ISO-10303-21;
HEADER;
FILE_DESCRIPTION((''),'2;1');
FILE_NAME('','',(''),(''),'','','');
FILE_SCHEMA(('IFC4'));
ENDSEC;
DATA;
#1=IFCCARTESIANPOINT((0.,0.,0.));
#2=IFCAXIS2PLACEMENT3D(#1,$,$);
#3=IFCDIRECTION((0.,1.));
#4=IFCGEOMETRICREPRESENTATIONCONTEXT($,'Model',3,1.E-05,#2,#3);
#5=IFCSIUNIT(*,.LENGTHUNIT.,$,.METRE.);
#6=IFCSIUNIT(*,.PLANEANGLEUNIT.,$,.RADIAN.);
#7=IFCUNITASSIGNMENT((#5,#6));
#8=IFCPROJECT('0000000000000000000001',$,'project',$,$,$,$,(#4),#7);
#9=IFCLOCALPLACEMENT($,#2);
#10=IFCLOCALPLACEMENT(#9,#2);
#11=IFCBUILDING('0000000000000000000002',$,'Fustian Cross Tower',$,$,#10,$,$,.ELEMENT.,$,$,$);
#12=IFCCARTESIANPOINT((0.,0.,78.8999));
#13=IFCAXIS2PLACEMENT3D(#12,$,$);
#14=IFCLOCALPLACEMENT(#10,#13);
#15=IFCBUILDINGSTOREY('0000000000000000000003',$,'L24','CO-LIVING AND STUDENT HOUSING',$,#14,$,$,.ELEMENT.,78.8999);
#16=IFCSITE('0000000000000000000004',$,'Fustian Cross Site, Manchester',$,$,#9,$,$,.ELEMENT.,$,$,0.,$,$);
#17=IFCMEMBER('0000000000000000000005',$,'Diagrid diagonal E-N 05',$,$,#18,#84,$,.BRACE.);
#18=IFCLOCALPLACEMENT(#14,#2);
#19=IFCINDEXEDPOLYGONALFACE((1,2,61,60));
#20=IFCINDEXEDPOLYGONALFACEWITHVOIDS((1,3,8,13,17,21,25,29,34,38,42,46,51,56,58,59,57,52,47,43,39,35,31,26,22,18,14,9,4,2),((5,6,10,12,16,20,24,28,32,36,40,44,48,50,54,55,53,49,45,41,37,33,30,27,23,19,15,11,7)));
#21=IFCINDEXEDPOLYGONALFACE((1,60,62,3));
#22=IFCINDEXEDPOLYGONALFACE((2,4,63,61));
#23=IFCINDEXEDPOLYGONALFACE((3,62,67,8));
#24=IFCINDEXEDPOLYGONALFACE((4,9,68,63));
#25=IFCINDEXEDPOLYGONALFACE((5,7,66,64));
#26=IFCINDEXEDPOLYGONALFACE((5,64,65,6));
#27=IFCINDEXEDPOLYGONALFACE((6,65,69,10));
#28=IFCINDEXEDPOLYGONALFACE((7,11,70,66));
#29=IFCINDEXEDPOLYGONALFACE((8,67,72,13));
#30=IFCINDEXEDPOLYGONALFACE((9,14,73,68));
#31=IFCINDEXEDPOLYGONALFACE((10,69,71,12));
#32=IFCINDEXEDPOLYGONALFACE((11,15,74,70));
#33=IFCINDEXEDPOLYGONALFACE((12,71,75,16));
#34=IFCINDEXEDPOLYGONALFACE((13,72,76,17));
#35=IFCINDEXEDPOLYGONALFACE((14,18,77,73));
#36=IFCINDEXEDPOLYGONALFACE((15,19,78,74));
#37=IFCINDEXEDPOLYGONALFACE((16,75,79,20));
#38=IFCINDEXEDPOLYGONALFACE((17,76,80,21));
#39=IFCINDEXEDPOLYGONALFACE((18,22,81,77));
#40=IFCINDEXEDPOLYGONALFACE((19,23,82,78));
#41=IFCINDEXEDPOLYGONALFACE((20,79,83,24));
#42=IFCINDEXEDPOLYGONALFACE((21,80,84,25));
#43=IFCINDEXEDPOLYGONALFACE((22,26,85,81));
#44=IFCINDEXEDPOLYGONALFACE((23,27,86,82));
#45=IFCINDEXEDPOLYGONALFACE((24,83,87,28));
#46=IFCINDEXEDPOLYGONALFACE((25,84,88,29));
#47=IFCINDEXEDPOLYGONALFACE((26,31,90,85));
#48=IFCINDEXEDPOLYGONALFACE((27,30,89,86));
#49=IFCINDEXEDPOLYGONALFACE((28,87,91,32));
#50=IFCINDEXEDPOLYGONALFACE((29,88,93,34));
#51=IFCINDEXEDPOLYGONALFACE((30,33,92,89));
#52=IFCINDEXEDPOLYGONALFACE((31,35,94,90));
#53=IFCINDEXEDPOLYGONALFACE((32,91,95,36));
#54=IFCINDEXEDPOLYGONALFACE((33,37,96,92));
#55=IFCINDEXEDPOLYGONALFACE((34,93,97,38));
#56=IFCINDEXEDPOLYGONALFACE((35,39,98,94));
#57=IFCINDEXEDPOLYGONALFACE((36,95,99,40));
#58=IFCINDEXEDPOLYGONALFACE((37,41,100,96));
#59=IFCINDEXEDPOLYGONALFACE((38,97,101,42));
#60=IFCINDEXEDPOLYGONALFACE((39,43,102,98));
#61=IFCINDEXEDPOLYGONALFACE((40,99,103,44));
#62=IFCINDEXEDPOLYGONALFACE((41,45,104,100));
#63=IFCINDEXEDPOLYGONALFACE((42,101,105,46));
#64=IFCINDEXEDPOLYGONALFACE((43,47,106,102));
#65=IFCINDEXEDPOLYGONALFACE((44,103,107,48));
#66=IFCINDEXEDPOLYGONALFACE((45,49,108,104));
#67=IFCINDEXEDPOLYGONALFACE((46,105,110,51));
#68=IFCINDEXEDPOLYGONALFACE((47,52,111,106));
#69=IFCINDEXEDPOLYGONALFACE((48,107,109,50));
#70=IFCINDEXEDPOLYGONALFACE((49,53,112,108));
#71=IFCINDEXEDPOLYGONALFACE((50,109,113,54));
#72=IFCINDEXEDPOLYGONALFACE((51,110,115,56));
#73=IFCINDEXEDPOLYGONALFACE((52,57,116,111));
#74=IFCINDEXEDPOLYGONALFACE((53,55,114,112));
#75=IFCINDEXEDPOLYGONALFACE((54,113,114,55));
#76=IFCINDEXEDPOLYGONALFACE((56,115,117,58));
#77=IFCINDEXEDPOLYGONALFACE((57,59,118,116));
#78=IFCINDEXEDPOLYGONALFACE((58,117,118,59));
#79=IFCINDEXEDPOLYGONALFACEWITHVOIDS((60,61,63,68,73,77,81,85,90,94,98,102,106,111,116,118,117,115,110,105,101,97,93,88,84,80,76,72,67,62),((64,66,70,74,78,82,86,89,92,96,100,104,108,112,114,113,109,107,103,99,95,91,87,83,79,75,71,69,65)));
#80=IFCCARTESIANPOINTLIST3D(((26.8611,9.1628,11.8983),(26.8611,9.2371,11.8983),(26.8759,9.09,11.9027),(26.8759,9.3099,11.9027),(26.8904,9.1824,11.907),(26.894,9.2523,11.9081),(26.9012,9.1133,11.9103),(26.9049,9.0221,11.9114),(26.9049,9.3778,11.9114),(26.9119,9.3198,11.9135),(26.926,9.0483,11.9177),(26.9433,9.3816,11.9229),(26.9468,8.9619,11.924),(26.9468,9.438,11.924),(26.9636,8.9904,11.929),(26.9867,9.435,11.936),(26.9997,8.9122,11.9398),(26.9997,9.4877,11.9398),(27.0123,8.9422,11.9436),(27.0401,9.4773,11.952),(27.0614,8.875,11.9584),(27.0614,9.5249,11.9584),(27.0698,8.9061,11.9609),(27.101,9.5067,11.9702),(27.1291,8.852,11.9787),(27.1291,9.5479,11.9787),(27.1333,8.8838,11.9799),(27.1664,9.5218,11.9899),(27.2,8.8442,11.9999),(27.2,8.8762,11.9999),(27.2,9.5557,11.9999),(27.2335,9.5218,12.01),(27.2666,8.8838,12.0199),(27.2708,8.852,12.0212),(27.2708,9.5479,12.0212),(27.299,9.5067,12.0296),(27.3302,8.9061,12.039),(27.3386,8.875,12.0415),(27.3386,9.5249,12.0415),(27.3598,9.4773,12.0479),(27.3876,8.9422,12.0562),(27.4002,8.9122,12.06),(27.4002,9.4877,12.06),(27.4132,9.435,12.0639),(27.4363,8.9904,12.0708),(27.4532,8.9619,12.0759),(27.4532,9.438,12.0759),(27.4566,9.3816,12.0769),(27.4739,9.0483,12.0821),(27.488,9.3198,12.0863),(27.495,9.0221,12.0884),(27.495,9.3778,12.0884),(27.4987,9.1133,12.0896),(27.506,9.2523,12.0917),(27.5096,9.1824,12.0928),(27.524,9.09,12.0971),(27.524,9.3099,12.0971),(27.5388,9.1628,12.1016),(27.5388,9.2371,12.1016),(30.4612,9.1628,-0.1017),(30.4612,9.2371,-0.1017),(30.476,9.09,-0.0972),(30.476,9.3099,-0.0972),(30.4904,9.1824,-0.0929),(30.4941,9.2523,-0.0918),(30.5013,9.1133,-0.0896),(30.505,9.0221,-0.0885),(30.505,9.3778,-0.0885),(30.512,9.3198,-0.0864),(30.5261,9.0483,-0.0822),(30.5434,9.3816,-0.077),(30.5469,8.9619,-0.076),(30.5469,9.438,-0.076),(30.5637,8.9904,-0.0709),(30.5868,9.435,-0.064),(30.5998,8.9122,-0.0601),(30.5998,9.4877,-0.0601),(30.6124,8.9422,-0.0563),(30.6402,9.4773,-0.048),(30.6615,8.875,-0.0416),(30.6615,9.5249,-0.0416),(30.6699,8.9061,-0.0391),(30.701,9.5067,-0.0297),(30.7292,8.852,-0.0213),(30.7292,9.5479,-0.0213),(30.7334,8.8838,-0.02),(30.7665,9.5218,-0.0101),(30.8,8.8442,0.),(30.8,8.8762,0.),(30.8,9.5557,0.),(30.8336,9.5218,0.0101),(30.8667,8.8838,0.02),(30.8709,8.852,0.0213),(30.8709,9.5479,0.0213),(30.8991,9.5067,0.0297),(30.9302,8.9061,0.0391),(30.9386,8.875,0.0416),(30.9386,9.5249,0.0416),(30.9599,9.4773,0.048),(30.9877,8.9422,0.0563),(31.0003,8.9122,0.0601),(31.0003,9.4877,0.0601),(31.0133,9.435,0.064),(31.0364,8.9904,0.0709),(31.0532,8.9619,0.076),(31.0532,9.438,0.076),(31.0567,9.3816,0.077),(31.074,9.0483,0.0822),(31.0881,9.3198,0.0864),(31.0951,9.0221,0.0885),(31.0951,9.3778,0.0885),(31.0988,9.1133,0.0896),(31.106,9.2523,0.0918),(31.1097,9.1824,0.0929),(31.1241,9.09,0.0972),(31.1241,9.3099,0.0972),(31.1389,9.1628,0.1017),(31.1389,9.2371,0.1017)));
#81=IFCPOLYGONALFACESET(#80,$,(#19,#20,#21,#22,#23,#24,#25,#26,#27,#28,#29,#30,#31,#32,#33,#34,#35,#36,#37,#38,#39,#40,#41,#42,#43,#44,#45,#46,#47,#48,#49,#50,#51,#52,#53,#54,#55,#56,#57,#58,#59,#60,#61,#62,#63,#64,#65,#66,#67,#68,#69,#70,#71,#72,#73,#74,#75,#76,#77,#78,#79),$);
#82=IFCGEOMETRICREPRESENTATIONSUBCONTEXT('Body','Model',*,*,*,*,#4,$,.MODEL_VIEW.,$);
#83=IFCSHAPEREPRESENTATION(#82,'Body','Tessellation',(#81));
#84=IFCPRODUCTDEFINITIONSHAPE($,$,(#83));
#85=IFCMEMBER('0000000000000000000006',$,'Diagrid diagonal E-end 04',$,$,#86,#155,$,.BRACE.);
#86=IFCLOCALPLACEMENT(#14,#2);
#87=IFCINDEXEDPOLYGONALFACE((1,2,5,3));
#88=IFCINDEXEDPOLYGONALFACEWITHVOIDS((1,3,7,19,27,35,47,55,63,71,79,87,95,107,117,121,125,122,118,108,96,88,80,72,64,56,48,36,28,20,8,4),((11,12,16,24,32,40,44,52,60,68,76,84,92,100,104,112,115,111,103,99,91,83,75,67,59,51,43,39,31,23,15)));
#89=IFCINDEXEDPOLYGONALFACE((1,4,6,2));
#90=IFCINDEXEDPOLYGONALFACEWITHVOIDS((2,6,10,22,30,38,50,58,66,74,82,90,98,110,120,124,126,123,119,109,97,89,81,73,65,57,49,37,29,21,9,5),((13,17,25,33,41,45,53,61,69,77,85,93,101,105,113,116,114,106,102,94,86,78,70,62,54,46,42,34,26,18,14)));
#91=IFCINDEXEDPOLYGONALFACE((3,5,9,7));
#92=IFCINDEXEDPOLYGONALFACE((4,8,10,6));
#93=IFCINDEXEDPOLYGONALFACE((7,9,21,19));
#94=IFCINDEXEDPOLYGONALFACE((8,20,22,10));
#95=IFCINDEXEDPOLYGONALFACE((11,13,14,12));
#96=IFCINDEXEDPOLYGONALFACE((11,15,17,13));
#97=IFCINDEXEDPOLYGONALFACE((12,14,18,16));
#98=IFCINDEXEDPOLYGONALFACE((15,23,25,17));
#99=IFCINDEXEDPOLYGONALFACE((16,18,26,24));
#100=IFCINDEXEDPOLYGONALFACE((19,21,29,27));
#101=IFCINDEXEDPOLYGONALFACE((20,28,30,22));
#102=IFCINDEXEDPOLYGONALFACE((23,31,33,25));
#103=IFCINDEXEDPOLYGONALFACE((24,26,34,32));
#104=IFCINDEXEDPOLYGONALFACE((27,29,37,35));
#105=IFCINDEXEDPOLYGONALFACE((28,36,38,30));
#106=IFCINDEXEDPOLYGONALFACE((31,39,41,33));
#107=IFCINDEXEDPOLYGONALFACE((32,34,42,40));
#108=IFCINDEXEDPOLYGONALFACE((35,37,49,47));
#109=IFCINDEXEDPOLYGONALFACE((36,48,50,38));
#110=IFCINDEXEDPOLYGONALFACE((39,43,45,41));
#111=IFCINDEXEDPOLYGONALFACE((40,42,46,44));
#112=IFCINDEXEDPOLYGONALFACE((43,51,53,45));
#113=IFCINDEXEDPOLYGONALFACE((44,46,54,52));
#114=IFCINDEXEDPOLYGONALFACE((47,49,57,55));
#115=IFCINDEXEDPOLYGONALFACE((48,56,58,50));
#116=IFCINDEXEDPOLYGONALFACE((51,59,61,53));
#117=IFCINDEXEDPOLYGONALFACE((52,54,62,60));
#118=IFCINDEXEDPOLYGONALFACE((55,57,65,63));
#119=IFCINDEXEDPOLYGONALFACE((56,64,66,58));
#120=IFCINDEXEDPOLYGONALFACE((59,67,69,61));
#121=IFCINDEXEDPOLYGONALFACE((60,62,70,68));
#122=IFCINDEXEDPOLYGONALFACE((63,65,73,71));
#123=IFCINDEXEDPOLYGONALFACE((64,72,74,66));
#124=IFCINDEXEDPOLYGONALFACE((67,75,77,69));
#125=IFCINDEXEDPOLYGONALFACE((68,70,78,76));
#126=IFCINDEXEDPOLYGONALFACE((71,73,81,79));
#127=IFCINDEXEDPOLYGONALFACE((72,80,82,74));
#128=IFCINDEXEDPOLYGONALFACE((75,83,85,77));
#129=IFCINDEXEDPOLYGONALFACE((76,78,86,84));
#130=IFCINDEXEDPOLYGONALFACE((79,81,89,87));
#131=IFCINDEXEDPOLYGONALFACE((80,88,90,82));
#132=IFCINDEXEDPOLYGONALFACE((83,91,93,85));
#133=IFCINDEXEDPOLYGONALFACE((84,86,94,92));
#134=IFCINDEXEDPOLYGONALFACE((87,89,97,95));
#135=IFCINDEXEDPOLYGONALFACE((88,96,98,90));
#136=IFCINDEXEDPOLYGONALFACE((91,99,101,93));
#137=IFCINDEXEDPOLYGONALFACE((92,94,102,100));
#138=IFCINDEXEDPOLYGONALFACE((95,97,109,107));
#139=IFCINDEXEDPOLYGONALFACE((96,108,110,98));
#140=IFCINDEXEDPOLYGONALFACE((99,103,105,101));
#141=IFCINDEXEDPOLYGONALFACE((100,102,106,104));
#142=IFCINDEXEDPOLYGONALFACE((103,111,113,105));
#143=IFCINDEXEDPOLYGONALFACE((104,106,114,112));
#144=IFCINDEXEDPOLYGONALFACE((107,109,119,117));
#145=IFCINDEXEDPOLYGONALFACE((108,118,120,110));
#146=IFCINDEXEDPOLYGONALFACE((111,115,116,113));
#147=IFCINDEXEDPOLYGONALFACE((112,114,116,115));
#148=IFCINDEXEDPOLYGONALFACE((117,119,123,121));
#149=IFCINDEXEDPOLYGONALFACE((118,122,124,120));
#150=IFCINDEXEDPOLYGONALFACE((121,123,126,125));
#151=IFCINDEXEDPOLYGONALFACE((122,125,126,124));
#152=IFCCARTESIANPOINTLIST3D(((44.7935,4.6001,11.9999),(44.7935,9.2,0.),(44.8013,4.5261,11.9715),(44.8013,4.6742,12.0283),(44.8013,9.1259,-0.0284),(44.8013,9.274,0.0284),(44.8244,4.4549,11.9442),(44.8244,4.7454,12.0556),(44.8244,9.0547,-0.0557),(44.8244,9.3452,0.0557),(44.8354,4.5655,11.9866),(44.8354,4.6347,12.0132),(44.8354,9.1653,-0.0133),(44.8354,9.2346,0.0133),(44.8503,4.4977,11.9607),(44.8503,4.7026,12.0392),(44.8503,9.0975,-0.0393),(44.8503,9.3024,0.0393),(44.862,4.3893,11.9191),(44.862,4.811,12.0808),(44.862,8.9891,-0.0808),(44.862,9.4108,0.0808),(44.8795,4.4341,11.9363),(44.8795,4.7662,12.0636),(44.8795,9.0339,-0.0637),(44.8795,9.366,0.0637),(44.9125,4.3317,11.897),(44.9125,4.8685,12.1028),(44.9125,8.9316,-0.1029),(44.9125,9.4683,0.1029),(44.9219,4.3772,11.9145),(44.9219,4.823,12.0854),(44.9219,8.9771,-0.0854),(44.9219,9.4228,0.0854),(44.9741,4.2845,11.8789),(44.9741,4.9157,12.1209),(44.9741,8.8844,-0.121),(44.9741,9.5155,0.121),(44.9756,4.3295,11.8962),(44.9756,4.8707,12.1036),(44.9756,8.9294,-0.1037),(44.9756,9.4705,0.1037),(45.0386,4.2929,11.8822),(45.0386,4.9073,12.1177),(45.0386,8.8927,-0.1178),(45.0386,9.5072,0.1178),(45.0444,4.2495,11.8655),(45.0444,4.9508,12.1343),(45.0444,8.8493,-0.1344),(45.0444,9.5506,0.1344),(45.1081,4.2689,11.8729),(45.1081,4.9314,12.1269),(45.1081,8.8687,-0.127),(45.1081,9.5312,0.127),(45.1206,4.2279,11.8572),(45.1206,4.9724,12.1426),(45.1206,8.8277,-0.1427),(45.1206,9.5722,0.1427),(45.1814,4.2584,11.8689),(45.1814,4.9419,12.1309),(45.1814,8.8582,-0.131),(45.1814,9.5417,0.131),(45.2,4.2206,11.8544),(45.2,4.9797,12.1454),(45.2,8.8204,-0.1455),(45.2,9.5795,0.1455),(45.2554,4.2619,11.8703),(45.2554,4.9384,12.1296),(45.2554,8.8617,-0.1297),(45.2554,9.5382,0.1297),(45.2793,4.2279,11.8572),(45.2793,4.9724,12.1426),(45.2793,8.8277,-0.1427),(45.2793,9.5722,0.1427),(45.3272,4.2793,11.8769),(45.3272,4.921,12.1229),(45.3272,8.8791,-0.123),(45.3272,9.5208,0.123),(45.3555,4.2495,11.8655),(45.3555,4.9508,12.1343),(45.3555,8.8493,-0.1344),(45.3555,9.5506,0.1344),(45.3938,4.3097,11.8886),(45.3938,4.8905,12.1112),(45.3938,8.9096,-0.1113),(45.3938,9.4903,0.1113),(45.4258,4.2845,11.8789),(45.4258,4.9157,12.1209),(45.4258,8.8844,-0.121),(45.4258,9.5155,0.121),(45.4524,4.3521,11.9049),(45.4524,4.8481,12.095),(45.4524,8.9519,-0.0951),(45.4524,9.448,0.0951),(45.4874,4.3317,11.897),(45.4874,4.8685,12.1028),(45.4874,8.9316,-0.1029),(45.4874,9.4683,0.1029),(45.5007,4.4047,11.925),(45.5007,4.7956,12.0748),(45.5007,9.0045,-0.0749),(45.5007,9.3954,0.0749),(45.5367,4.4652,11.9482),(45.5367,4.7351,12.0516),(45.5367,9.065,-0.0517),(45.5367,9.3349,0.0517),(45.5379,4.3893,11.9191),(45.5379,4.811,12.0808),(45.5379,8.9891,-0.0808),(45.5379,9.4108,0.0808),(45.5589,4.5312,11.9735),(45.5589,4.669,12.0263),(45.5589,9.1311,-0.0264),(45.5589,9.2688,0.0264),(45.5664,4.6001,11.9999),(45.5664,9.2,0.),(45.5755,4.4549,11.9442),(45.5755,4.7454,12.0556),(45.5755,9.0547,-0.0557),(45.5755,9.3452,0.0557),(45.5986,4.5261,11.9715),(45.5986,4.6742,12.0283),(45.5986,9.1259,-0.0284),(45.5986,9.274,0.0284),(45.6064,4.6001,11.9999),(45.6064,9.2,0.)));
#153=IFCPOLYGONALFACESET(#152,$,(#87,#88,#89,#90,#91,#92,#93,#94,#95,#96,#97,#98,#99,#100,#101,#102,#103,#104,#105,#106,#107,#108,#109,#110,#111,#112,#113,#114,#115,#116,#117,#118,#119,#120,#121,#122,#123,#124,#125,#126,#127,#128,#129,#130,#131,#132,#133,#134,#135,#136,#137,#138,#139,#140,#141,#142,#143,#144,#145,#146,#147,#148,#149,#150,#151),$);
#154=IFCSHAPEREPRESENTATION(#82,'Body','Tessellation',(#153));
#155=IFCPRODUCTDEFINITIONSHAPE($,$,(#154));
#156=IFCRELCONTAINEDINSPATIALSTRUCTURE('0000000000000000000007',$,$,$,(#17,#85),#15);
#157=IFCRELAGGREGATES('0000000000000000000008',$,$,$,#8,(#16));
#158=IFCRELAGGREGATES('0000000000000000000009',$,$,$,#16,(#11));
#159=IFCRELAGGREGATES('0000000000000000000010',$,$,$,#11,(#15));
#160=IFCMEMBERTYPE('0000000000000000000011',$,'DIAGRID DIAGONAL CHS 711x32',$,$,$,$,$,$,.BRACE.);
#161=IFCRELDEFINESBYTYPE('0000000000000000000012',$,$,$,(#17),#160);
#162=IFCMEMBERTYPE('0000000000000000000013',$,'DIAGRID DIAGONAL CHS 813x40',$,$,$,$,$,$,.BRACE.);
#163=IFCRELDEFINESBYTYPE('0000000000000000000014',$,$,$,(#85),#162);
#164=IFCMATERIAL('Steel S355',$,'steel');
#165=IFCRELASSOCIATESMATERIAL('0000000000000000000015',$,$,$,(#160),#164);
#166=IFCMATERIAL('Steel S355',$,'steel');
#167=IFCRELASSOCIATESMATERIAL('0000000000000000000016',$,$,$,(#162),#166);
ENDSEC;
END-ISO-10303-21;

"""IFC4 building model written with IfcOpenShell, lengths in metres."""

from ifc_helpers import new_model, si_unit, direction, frame, origin, origin_2d, place, context, subcontext, project, spatial, hollow_circle, extrude, material, material_profile, profile_set, type_object, element, save


model = new_model("IFC4")

# Units and contexts
model_context = context("Model", 3, precision=1e-05, world=origin(), true_north=direction((0.0, 1.0)))
body_context = subcontext(model_context, "Body", "Model", "MODEL_VIEW")
ifc_project = project(units=[si_unit("LENGTHUNIT", "METRE"), si_unit("PLANEANGLEUNIT", "RADIAN")], contexts=[model_context])

# Site, building, storey
site_placement = place(None, origin())
site = spatial("IfcSite", under=ifc_project, at=site_placement, Name="Fustian Cross Site, Manchester", CompositionType="ELEMENT", RefElevation=0.0)
building_placement = place(site_placement, origin())
building = spatial("IfcBuilding", under=site, at=building_placement, Name="Fustian Cross Tower", CompositionType="ELEMENT")
storey_placement = place(building_placement, frame((0.0, 0.0, 78.8999)))
storey = spatial("IfcBuildingStorey", under=building, at=storey_placement, Name="L24", Description="CO-LIVING AND STUDENT HOUSING", CompositionType="ELEMENT", Elevation=78.8999)

# Members
ifc_material_1 = material(Name="Steel S355", Category="steel")
ifc_material_profile_1 = material_profile(ifc_material_1, hollow_circle(Radius=0.3557, WallThickness=0.032, at=origin_2d()), Name="CHS 711x32")
ifc_profile_set_1 = profile_set([ifc_material_profile_1], Name="Steel S355")
member_type_1 = type_object("IfcMemberType", Name="DIAGRID DIAGONAL CHS 711x32", PredefinedType="BRACE", material=ifc_profile_set_1)
for number, where, z_axis, x_axis, name in (
    (1, (30.8, 9.2, 0.0), (-0.287355, 0.0, 0.957824), (0.0, -1.0, 0.0), "Diagrid diagonal E-N 05"),
):
    element("IfcMember", number, at=place(storey_placement, frame(where, z_axis=z_axis, x_axis=x_axis)), inside=storey, type_object=member_type_1, Name=name, PredefinedType="BRACE", context=body_context, shape_type="SweptSolid", body=[
        extrude(hollow_circle(Radius=0.3557, WallThickness=0.032, at=origin_2d()), origin(), (0.0, 0.0, 1.0), 12.5283),
    ])
ifc_material_2 = material(Name="Steel S355", Category="steel")
ifc_material_profile_2 = material_profile(ifc_material_2, hollow_circle(Radius=0.4065, WallThickness=0.04, at=origin_2d()), Name="CHS 813x40")
ifc_profile_set_2 = profile_set([ifc_material_profile_2], Name="Steel S355")
member_type_2 = type_object("IfcMemberType", Name="DIAGRID DIAGONAL CHS 813x40", PredefinedType="BRACE", material=ifc_profile_set_2)
member_1_placement = place(storey_placement, frame((45.2, 9.2, 0.0), z_axis=(0.0, -0.357926, 0.93375), x_axis=(1.0, 0.0, 0.0)))
element("IfcMember", 2, at=member_1_placement, inside=storey, type_object=member_type_2, Name="Diagrid diagonal E-end 04", PredefinedType="BRACE", context=body_context, shape_type="SweptSolid", body=[
    extrude(hollow_circle(Radius=0.4065, WallThickness=0.04, at=origin_2d()), origin(), (0.0, 0.0, 1.0), 12.8513),
])

save(model, "model.ifc")
